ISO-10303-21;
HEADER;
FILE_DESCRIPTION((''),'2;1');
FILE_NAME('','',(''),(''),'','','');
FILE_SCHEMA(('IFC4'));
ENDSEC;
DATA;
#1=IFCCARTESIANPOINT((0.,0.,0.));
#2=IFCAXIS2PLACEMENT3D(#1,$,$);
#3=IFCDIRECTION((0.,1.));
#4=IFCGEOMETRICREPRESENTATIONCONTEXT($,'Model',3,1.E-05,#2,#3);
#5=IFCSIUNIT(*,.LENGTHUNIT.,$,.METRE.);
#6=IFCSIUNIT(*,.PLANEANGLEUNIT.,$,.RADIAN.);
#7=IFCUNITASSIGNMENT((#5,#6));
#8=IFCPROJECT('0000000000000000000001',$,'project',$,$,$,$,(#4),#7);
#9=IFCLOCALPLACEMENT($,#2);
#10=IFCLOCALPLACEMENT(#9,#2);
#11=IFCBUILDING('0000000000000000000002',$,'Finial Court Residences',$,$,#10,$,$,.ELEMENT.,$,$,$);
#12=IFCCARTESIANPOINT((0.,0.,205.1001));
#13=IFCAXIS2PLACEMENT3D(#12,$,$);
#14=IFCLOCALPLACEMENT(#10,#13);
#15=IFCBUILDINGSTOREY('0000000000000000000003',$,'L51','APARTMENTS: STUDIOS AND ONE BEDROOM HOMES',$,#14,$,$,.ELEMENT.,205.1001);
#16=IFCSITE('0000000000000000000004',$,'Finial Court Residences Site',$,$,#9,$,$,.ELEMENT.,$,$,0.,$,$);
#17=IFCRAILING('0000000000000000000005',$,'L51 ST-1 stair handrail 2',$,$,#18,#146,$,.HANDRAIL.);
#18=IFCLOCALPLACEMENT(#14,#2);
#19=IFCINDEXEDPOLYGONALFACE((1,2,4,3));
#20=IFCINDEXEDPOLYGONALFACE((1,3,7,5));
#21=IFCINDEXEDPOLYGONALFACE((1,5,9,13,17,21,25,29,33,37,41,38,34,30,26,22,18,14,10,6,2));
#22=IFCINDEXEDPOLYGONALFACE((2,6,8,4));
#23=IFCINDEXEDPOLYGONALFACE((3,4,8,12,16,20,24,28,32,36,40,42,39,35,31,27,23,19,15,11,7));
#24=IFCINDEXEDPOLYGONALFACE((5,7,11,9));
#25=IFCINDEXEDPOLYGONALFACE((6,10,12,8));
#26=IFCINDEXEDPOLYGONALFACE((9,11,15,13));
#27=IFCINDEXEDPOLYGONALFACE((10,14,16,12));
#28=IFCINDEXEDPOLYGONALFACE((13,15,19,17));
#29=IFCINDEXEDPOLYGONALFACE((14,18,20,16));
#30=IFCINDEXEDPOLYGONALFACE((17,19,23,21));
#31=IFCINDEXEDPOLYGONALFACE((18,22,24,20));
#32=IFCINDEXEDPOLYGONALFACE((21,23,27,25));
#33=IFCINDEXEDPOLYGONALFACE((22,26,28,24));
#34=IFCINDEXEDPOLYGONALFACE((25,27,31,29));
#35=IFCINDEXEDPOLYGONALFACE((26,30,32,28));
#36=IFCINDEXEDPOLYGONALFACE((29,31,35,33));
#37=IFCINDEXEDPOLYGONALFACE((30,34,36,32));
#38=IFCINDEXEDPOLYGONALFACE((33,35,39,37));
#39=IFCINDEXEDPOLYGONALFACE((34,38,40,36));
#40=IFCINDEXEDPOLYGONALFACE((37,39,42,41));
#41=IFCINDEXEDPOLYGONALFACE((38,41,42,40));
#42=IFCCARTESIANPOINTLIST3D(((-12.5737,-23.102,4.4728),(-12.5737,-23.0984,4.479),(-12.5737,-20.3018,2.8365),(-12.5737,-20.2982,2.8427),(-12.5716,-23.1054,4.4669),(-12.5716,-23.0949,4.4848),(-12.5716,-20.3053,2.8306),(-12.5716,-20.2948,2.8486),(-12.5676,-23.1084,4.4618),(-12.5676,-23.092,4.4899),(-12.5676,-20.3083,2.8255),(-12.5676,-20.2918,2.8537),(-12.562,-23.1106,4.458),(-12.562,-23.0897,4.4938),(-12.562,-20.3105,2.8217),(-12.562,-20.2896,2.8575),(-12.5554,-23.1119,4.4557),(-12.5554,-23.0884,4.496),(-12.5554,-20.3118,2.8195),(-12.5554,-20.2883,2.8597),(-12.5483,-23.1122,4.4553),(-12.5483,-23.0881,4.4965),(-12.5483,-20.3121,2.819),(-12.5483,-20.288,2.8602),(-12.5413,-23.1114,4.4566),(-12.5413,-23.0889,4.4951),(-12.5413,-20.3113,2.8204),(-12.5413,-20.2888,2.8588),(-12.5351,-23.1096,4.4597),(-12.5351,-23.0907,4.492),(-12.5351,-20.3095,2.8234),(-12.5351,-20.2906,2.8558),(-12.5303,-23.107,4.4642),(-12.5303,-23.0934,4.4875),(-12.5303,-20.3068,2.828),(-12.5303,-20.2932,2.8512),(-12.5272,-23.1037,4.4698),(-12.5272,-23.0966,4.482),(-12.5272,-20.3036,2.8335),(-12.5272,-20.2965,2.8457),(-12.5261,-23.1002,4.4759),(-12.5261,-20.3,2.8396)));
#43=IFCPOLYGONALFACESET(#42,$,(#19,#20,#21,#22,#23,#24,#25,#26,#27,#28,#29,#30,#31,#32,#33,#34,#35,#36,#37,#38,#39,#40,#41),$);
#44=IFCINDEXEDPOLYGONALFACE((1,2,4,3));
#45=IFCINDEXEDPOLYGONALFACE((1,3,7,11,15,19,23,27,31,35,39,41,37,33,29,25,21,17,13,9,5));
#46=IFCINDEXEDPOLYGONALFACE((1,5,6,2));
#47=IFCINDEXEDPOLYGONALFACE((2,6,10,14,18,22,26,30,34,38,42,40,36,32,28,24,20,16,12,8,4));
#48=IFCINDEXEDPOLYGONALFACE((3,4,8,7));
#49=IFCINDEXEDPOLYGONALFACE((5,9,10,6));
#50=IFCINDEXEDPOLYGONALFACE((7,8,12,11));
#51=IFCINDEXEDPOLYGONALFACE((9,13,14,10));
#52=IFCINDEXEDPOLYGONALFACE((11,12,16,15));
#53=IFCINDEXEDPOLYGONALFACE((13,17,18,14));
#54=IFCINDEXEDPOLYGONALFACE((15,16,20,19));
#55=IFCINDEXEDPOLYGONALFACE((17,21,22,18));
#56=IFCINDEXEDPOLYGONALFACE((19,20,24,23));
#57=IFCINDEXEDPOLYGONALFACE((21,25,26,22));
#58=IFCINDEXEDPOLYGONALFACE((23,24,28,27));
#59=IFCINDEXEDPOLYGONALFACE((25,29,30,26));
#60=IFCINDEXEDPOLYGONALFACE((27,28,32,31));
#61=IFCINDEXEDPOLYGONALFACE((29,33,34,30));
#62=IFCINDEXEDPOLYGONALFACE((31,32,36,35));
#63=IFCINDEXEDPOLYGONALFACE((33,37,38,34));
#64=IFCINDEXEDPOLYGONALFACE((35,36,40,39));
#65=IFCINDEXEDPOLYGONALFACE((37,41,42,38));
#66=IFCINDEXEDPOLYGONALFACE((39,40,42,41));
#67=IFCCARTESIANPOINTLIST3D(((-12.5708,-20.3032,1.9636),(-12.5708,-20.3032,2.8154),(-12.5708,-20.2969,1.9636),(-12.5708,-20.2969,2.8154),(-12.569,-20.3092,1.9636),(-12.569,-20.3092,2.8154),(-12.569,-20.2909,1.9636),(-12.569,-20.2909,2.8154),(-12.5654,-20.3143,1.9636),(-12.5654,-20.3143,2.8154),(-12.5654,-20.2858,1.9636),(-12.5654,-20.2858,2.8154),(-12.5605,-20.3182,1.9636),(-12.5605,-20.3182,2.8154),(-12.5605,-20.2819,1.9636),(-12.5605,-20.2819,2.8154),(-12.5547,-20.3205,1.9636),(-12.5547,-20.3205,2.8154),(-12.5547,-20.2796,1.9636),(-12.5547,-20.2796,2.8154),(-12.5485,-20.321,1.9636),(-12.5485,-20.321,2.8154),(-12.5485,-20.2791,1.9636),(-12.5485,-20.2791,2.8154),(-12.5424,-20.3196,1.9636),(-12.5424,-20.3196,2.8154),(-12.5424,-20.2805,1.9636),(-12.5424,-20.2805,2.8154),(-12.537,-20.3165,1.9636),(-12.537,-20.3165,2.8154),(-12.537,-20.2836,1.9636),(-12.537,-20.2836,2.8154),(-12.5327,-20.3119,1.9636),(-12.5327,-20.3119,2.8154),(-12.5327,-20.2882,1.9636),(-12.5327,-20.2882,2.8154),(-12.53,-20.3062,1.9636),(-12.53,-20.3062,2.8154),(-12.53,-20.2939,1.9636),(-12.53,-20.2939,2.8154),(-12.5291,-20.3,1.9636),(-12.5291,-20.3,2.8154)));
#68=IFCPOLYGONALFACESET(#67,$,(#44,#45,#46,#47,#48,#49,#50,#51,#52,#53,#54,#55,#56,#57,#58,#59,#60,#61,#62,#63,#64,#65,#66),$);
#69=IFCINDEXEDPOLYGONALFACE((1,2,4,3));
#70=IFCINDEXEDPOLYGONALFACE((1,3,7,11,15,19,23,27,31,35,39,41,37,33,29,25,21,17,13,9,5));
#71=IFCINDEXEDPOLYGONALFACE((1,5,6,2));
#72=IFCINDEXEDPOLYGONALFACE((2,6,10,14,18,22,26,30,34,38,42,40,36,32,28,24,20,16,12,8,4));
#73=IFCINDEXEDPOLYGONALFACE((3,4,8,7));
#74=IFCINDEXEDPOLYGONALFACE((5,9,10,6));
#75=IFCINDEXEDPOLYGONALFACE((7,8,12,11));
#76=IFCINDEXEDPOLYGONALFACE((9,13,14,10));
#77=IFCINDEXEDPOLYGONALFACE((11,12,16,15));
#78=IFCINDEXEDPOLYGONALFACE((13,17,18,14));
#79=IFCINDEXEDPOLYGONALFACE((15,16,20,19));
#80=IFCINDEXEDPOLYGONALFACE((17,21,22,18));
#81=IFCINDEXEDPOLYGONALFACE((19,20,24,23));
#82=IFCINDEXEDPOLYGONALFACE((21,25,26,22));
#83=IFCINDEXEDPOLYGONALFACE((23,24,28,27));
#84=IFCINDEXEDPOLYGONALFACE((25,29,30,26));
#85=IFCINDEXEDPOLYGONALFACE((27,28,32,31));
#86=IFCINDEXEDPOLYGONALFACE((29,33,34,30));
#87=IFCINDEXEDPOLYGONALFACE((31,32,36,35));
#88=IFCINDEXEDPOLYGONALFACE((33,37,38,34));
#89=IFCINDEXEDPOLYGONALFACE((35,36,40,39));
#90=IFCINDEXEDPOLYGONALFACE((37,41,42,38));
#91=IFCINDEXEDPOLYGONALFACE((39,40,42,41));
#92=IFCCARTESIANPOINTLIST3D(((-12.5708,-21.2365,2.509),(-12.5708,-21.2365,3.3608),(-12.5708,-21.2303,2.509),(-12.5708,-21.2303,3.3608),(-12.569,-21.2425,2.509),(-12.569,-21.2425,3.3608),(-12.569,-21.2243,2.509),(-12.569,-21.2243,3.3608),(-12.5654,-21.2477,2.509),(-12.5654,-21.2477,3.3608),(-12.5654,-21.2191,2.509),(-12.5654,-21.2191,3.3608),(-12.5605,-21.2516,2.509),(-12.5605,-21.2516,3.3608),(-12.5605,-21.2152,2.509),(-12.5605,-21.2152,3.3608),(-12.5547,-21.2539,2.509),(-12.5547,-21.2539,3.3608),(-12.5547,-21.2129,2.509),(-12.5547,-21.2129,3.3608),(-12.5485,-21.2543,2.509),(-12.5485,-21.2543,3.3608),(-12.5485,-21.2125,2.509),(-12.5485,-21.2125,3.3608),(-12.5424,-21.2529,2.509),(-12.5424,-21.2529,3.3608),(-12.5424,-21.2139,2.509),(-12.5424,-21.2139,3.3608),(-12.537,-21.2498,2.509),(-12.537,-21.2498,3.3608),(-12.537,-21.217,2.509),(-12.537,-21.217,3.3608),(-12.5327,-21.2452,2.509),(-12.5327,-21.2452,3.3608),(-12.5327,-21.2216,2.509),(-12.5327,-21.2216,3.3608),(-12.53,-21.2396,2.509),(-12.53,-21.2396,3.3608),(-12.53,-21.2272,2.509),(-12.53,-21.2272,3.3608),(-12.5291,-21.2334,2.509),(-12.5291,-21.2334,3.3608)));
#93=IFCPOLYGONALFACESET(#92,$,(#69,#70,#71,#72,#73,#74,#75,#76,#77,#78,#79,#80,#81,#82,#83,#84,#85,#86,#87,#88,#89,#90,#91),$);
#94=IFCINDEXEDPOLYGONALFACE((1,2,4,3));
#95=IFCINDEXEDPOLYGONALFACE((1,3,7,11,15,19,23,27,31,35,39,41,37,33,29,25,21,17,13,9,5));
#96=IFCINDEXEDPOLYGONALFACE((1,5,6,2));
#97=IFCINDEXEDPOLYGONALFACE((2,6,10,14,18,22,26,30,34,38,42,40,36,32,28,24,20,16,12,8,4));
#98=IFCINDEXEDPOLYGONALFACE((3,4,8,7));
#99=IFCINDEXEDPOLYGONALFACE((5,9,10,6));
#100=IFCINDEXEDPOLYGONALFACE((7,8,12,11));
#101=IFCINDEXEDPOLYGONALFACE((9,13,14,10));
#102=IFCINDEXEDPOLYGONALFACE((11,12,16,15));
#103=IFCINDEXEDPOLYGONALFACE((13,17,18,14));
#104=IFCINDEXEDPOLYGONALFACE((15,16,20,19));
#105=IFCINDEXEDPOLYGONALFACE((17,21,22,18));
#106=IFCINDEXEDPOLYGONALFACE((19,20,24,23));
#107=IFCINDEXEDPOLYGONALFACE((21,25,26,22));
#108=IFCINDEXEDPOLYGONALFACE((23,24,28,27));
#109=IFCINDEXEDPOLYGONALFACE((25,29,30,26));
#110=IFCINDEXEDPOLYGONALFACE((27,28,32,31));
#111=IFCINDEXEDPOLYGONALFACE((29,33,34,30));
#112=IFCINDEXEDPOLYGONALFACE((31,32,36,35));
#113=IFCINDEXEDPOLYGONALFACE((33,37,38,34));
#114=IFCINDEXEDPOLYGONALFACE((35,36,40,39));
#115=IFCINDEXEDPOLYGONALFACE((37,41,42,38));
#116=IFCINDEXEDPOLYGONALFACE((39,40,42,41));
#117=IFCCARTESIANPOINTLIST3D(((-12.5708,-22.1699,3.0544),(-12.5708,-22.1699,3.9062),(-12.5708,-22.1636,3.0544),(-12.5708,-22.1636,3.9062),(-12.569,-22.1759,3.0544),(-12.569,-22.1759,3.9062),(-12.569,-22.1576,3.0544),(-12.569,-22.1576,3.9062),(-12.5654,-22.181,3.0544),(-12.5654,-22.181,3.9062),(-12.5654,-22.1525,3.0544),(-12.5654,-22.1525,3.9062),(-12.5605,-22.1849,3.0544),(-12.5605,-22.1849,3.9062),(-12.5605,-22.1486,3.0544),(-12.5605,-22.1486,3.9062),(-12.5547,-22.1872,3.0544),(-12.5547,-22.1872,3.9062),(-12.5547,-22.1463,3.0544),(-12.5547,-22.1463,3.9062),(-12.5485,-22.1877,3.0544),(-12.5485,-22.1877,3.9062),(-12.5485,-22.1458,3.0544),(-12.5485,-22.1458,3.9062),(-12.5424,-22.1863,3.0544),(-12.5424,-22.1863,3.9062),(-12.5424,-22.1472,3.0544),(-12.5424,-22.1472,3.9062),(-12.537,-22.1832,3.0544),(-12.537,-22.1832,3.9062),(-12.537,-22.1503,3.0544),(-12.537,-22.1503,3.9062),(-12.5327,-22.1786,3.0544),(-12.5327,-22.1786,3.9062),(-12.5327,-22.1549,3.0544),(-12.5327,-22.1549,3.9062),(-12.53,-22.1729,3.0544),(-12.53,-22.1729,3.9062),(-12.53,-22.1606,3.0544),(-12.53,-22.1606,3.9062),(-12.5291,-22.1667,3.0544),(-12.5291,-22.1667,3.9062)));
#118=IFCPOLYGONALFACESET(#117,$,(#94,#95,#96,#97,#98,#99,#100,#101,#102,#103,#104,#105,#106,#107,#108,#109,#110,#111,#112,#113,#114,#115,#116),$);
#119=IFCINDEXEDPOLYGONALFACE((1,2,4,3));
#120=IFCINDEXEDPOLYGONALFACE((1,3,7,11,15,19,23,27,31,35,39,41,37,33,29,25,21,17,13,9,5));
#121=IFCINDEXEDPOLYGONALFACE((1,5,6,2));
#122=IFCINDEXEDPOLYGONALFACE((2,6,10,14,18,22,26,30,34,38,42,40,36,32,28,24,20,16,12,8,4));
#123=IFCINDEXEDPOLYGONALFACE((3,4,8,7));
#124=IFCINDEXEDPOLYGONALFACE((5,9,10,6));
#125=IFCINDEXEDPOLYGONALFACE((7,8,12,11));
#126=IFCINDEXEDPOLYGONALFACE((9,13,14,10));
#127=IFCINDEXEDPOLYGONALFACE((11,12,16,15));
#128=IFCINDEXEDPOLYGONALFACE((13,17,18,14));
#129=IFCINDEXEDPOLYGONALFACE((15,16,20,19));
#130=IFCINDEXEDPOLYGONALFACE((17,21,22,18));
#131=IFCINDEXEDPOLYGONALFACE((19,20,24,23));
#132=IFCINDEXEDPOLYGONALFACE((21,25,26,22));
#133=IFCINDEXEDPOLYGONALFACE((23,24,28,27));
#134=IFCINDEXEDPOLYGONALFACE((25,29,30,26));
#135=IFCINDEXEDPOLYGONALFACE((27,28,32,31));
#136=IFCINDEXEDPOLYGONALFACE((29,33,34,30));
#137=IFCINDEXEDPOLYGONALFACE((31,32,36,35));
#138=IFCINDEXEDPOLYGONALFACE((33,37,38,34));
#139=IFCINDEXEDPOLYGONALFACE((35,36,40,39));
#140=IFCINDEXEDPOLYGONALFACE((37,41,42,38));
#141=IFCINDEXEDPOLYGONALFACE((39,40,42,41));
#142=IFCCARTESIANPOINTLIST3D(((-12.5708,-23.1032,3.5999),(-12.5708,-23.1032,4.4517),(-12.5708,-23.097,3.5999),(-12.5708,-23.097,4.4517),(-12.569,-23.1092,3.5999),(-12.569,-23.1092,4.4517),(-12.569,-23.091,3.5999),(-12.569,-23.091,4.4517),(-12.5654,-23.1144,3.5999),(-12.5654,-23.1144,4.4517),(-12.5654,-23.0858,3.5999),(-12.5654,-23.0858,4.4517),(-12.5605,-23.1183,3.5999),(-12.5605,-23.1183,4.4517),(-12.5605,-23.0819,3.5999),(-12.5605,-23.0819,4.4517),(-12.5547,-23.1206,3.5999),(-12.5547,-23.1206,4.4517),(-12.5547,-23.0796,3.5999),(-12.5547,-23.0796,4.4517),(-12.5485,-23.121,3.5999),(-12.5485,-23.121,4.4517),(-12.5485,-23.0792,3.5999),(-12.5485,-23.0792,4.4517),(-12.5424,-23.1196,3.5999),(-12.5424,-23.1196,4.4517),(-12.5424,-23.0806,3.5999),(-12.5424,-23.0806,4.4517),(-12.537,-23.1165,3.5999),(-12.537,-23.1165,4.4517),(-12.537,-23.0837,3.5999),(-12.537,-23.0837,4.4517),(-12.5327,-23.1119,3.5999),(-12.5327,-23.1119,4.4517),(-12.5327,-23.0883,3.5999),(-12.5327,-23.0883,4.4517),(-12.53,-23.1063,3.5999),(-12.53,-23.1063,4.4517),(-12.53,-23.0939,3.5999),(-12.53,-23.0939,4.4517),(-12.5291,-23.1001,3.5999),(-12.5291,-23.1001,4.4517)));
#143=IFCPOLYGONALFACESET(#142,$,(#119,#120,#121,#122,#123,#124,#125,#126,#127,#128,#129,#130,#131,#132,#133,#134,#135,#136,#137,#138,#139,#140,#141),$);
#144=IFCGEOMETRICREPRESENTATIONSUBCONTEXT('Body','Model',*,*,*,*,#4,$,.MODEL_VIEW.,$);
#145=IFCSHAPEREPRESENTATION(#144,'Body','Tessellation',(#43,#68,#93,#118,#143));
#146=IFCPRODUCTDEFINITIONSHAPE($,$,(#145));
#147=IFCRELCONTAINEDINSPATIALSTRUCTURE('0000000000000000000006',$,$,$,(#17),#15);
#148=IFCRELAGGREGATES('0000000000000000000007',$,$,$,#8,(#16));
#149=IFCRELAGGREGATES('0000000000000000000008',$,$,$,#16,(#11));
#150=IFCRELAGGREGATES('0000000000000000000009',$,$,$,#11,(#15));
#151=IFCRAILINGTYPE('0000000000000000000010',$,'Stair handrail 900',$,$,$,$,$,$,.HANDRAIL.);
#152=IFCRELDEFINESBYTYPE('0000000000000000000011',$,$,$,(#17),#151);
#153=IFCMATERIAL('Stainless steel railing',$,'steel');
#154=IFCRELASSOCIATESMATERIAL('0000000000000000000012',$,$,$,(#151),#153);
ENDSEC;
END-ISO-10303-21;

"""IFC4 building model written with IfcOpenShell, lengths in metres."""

from ifc_helpers import new_model, si_unit, direction, frame, origin, origin_2d, place, context, subcontext, project, spatial, circle, extrude, material, type_object, element, save


model = new_model("IFC4")

# Units and contexts
model_context = context("Model", 3, precision=1e-05, world=origin(), true_north=direction((0.0, 1.0)))
body_context = subcontext(model_context, "Body", "Model", "MODEL_VIEW")
ifc_project = project(units=[si_unit("LENGTHUNIT", "METRE"), si_unit("PLANEANGLEUNIT", "RADIAN")], contexts=[model_context])

# Site, building, storey
site_placement = place(None, origin())
site = spatial("IfcSite", under=ifc_project, at=site_placement, Name="Finial Court Residences Site", CompositionType="ELEMENT", RefElevation=0.0)
building_placement = place(site_placement, origin())
building = spatial("IfcBuilding", under=site, at=building_placement, Name="Finial Court Residences", CompositionType="ELEMENT")
storey_placement = place(building_placement, frame((0.0, 0.0, 205.1001)))
storey = spatial("IfcBuildingStorey", under=building, at=storey_placement, Name="L51", Description="APARTMENTS: STUDIOS AND ONE BEDROOM HOMES", CompositionType="ELEMENT", Elevation=205.1001)

# Railing
ifc_material_1 = material(Name="Stainless steel railing", Category="steel")
railing_type_1 = type_object("IfcRailingType", Name="Stair handrail 900", PredefinedType="HANDRAIL", material=ifc_material_1)
railing_1_placement = place(storey_placement, frame((-12.55, -20.3, 1.9636)))
element("IfcRailing", 1, at=railing_1_placement, inside=storey, type_object=railing_type_1, Name="L51 ST-1 stair handrail 2", PredefinedType="HANDRAIL", context=body_context, shape_type="SweptSolid", body=[
    extrude(circle(Radius=0.0239, at=origin_2d()), frame((0.0, 0.0, 0.876), z_axis=(0.0, -0.863394, 0.504531), x_axis=(1.0, 0.0, 0.0)), (0.0, 0.0, 1.0), 3.2432),
    extrude(circle(Radius=0.021, at=origin_2d()), origin(), (0.0, 0.0, 1.0), 0.8518),
    extrude(circle(Radius=0.021, at=origin_2d()), frame((0.0, -0.9333, 0.5454)), (0.0, 0.0, 1.0), 0.8518),
    extrude(circle(Radius=0.021, at=origin_2d()), frame((0.0, -1.8667, 1.0908)), (0.0, 0.0, 1.0), 0.8518),
    extrude(circle(Radius=0.021, at=origin_2d()), frame((0.0, -2.8, 1.6362)), (0.0, 0.0, 1.0), 0.8518),
])

save(model, "model.ifc")
